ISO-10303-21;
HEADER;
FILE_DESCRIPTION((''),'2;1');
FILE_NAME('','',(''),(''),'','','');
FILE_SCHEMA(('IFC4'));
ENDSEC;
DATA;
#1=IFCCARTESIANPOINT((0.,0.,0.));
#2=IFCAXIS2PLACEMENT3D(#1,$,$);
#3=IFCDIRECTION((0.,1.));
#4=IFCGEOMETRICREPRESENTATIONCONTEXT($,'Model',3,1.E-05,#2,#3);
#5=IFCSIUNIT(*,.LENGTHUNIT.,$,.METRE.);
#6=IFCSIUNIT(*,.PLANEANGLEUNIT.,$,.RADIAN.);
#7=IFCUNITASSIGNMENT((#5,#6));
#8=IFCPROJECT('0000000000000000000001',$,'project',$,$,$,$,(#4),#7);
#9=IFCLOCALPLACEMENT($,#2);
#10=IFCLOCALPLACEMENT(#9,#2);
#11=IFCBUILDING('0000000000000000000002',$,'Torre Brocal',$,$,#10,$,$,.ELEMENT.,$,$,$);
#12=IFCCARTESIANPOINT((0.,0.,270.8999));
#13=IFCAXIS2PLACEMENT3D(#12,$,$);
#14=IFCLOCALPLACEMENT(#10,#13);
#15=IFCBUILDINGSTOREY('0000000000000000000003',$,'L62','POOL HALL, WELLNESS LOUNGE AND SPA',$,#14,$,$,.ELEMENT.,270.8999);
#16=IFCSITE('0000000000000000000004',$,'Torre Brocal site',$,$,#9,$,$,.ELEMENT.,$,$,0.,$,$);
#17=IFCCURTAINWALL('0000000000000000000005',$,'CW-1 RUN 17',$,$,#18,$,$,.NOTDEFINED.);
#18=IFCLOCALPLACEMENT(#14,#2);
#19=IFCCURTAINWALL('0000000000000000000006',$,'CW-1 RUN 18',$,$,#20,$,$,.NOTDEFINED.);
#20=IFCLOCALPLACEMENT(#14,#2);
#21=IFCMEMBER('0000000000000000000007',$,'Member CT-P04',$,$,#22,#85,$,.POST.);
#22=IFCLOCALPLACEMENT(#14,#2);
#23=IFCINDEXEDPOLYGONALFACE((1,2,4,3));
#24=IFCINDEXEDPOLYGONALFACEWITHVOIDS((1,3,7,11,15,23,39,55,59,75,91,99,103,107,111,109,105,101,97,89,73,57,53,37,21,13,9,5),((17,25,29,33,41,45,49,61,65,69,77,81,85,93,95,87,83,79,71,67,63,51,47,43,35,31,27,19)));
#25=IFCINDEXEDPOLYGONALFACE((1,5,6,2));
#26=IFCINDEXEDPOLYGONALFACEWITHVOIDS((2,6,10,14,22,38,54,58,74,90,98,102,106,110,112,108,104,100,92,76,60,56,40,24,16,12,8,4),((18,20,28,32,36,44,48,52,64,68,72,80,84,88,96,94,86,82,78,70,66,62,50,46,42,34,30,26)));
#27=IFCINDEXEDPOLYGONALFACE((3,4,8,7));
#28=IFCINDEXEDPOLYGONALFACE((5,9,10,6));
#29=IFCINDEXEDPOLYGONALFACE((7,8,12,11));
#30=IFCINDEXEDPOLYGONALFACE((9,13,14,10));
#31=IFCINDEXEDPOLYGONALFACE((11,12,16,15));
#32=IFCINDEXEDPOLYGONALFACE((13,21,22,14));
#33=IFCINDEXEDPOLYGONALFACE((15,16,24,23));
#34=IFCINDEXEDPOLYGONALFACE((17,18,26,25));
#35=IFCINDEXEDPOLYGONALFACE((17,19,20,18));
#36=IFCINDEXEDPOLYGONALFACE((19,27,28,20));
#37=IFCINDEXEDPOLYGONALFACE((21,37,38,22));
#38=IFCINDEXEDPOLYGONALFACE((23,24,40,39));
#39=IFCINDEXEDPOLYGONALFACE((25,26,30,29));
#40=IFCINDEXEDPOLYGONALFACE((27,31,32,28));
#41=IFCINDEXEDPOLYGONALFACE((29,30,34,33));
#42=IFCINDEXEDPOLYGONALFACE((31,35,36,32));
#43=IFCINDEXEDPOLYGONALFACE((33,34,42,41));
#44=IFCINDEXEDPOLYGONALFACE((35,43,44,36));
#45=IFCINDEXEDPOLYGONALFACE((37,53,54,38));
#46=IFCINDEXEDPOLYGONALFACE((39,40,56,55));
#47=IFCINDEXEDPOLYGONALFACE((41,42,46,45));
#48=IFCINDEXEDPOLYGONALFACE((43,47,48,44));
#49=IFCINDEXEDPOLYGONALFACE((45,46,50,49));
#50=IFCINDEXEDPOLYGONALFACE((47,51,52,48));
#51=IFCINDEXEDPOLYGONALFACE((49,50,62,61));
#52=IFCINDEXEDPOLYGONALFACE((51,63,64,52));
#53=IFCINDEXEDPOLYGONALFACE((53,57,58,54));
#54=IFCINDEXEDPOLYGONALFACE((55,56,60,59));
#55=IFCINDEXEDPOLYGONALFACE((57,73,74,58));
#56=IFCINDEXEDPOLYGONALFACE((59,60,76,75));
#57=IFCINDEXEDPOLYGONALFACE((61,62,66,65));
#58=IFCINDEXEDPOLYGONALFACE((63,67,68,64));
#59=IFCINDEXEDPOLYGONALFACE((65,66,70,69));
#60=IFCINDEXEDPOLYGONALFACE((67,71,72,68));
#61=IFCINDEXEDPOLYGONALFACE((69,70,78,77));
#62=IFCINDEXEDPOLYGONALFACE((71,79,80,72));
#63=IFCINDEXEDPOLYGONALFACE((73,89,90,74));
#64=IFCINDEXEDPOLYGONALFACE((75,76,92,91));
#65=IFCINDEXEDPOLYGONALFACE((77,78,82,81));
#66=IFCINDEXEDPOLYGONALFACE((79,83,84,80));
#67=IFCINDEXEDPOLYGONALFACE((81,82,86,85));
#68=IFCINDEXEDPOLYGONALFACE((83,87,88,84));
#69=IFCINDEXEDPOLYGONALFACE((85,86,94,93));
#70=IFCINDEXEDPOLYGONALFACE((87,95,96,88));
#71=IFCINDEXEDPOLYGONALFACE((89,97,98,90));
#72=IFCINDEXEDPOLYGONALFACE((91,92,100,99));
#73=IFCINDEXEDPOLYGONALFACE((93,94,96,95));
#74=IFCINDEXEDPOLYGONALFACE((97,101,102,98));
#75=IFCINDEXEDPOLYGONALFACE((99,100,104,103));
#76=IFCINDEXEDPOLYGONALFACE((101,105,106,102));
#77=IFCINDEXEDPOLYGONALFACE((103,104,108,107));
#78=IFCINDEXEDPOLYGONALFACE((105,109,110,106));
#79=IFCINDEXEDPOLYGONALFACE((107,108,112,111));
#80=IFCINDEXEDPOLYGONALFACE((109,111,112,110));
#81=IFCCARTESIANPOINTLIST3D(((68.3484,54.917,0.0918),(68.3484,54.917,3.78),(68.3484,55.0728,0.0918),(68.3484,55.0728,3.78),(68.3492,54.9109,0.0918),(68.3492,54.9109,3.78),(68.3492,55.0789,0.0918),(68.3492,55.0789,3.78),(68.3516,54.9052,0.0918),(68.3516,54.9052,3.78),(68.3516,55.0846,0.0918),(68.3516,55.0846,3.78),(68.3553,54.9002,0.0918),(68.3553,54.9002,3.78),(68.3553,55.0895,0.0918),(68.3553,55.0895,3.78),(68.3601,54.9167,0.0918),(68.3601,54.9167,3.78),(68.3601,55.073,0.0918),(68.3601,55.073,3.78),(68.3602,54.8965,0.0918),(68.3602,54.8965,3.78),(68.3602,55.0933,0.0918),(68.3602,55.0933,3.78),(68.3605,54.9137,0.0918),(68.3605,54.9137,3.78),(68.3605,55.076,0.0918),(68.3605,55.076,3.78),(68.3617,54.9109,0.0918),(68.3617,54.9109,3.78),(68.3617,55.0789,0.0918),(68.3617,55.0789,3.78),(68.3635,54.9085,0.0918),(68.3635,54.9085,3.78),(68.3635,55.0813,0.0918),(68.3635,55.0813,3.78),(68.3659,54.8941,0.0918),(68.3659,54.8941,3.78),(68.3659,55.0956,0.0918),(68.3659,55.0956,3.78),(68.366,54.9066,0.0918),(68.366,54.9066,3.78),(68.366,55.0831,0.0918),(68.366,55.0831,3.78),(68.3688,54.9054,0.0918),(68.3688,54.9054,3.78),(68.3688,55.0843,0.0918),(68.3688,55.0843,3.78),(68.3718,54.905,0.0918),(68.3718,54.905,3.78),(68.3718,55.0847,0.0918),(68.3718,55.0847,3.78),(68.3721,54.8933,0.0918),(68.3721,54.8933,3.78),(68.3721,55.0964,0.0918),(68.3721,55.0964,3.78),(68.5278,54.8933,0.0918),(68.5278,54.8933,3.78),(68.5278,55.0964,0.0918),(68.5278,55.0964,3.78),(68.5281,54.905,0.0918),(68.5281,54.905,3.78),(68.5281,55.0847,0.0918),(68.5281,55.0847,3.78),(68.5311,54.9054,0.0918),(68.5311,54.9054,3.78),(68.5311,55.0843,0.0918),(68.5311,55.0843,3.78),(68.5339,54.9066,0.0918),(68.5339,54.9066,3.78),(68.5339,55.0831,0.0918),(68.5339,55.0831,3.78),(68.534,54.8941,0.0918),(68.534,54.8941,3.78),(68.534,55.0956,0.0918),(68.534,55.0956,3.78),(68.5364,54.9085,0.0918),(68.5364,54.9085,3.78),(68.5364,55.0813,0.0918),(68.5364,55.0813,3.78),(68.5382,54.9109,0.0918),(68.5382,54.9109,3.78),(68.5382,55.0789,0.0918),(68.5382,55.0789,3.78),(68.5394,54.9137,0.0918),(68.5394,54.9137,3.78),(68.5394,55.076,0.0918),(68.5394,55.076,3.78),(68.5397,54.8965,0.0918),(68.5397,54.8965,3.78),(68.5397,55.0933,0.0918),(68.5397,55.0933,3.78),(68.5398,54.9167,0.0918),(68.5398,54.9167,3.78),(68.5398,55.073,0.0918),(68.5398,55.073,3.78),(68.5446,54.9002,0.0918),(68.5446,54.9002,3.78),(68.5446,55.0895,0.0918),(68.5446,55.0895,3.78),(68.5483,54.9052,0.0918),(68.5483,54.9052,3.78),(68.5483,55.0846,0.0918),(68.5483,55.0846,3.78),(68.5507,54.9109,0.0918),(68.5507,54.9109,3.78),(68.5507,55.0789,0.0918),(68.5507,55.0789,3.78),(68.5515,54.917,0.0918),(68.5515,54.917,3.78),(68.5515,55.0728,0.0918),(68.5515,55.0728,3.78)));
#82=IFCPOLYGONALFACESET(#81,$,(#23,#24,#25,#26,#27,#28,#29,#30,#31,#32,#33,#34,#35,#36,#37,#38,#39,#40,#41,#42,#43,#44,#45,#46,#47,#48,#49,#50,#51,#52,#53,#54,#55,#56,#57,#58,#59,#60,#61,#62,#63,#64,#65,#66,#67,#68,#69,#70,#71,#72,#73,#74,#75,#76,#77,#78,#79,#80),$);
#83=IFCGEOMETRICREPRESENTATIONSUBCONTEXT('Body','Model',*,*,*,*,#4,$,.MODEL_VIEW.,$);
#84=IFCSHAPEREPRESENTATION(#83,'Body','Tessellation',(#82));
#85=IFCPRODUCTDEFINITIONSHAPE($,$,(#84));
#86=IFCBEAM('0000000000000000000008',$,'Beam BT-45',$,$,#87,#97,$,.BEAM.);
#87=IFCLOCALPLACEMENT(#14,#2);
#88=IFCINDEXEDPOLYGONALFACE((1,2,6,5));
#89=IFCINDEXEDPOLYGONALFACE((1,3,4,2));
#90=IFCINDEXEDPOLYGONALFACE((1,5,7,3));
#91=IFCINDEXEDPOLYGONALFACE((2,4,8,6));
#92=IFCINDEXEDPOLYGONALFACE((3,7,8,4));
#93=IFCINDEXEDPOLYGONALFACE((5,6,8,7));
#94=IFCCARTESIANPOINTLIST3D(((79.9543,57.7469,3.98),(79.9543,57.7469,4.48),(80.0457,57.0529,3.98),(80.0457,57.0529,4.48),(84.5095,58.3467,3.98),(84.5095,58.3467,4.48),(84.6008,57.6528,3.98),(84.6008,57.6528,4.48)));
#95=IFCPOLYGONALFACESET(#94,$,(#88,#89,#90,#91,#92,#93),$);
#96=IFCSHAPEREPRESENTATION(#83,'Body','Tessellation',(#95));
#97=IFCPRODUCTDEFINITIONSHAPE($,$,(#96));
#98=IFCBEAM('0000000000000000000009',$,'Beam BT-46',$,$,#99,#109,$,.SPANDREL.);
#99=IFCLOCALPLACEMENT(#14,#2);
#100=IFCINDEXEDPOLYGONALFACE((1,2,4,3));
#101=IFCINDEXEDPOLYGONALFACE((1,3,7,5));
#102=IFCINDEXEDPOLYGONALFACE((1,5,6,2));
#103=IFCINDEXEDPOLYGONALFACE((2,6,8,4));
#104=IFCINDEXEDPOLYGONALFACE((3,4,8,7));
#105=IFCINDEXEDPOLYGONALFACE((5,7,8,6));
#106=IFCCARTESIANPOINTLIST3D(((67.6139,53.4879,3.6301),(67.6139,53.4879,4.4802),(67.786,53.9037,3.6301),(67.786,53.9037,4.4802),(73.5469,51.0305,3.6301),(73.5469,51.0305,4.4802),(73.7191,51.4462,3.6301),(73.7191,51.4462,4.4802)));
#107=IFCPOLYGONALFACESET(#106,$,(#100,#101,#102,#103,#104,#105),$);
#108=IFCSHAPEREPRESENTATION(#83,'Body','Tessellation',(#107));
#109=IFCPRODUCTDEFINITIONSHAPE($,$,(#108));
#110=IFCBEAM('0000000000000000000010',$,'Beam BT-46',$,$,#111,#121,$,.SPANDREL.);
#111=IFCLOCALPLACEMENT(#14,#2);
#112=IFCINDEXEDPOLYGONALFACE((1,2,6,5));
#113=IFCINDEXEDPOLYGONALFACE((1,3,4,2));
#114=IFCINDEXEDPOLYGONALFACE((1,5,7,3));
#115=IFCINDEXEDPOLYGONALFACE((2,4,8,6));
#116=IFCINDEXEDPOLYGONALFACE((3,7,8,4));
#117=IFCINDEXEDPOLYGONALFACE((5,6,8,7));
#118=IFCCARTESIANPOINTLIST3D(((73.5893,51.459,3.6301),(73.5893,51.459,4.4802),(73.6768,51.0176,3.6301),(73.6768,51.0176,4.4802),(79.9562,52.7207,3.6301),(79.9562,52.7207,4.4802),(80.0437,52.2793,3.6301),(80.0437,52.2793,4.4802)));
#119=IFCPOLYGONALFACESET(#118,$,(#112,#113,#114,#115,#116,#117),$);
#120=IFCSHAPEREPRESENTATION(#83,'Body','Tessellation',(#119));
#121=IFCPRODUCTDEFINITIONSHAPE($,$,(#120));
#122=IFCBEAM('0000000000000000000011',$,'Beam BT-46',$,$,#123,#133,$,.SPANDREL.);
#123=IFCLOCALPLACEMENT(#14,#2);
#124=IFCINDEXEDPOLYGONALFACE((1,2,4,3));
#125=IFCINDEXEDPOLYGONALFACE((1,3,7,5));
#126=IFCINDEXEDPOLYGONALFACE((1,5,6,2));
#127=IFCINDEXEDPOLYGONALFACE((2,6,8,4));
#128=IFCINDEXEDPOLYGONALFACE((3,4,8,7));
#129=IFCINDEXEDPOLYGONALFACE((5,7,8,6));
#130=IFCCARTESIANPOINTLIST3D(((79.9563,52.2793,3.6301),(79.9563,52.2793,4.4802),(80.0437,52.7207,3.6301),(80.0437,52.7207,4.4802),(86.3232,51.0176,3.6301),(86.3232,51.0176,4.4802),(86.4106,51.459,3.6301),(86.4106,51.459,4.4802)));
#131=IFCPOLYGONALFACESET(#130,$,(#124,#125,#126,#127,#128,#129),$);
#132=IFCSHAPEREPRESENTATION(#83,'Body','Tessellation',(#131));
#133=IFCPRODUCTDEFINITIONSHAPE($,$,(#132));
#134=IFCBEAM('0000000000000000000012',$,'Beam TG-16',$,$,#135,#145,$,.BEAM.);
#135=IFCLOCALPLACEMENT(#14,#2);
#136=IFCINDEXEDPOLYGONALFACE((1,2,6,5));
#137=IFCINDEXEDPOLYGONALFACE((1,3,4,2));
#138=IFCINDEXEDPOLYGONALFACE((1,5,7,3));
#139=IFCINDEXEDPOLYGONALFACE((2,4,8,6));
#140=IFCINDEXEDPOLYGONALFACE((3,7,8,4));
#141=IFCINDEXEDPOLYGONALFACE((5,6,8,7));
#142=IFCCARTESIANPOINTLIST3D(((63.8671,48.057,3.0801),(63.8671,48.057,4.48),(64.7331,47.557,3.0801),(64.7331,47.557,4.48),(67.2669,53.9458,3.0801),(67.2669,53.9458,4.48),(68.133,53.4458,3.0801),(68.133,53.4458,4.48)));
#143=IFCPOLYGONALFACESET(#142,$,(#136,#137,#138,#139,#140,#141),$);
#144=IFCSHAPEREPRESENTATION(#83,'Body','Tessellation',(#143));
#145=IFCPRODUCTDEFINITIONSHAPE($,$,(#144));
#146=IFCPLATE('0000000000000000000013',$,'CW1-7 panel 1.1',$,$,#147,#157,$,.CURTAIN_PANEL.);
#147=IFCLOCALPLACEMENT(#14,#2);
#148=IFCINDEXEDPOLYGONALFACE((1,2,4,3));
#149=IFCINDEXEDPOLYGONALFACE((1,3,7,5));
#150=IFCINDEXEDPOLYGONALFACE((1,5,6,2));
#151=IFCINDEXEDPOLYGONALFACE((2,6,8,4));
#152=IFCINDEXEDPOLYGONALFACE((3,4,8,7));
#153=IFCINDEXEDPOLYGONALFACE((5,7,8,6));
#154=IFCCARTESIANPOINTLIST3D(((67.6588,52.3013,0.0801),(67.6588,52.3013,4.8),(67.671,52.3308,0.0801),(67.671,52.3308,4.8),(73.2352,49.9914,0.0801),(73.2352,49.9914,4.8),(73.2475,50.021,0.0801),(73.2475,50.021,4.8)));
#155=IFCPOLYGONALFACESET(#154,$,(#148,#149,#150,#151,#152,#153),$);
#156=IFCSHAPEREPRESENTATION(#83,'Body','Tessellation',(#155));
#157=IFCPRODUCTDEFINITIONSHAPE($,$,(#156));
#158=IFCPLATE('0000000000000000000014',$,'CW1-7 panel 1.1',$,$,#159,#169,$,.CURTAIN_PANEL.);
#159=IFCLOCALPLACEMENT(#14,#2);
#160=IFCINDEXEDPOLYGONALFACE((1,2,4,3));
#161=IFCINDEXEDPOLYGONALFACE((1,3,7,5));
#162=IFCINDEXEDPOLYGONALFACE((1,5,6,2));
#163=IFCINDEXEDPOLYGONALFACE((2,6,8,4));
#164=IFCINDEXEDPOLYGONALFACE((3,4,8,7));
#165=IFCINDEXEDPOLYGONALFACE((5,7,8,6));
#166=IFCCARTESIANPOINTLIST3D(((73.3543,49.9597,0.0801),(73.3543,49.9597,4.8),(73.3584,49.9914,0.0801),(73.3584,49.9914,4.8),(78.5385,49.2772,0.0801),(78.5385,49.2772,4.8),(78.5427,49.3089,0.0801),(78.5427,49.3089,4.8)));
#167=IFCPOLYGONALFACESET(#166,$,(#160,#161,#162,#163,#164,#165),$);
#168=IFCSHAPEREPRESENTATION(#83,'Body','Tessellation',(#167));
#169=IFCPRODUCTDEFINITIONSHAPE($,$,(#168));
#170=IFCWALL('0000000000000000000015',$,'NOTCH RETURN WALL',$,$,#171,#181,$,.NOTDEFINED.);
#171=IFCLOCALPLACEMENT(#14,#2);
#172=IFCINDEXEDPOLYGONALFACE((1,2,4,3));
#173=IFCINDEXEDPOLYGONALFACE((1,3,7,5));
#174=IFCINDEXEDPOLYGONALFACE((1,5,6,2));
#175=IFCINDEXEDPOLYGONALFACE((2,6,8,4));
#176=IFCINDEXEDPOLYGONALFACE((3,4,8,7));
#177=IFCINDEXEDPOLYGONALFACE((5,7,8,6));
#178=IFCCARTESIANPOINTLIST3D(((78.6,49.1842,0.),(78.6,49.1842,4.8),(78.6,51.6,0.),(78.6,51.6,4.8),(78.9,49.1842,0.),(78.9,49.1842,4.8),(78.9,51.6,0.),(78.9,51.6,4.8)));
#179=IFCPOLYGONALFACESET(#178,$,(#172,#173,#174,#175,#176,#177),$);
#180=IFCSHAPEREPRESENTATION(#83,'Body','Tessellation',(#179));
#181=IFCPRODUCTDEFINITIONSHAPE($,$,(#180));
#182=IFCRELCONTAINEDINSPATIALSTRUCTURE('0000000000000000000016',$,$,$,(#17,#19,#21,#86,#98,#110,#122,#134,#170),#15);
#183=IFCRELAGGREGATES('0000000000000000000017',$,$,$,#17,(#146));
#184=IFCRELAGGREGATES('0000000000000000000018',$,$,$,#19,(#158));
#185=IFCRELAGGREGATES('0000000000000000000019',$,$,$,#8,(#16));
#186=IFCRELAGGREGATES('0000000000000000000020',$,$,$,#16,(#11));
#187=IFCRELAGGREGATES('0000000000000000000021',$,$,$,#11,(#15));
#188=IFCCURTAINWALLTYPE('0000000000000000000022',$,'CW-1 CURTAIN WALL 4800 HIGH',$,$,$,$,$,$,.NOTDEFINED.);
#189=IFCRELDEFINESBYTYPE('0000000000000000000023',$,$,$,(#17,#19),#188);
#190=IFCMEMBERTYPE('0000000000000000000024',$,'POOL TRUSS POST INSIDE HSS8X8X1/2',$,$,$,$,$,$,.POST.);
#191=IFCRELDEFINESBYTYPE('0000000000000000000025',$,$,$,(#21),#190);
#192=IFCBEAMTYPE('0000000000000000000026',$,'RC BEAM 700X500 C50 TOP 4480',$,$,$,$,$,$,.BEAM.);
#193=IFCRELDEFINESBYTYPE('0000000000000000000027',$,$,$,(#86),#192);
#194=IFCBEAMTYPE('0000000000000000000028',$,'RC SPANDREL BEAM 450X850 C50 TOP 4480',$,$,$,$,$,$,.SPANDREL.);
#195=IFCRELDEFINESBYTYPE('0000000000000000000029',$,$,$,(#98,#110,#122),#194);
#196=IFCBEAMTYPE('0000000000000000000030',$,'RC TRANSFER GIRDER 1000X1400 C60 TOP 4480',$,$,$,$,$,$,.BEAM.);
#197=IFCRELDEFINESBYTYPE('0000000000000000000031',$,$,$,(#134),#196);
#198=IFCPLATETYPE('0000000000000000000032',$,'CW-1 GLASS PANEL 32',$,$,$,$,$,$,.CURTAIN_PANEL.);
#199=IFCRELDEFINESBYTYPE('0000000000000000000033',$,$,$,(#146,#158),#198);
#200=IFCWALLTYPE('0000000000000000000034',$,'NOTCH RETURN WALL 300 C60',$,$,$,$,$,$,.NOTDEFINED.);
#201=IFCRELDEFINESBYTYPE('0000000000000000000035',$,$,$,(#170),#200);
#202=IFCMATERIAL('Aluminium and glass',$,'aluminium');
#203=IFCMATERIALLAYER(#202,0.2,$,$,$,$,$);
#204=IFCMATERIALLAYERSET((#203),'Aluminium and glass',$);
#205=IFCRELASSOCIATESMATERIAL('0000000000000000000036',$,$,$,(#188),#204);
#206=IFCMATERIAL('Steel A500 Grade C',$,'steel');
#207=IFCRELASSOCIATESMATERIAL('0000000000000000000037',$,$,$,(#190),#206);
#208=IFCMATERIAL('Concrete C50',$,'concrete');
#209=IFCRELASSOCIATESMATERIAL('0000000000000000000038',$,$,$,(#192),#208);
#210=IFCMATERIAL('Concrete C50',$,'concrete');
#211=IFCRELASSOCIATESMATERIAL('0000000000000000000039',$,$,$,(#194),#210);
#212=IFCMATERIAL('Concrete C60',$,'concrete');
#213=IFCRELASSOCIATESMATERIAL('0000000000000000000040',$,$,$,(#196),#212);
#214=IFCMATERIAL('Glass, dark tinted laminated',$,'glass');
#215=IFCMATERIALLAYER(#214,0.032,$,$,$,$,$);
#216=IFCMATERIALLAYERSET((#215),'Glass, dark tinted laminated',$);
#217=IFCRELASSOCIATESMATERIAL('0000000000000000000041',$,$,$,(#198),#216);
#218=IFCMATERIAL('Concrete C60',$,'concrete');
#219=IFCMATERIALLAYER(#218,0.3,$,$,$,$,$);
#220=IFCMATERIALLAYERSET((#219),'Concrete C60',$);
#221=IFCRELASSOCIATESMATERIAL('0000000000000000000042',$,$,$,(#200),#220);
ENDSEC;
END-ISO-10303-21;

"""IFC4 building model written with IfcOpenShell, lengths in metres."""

from ifc_helpers import new_model, si_unit, direction, frame, frame_2d, origin, origin_2d, place, context, subcontext, project, spatial, rectangle, hollow_rectangle, extrude, material, layer, layer_set, material_profile, profile_set, type_object, element, aggregate, save


model = new_model("IFC4")

# Units and contexts
model_context = context("Model", 3, precision=1e-05, world=origin(), true_north=direction((0.0, 1.0)))
body_context = subcontext(model_context, "Body", "Model", "MODEL_VIEW")
ifc_project = project(units=[si_unit("LENGTHUNIT", "METRE"), si_unit("PLANEANGLEUNIT", "RADIAN")], contexts=[model_context])

# Site, building, storey
site_placement = place(None, origin())
site = spatial("IfcSite", under=ifc_project, at=site_placement, Name="Torre Brocal site", CompositionType="ELEMENT", RefElevation=0.0)
building_placement = place(site_placement, origin())
building = spatial("IfcBuilding", under=site, at=building_placement, Name="Torre Brocal", CompositionType="ELEMENT")
storey_placement = place(building_placement, frame((0.0, 0.0, 270.8999)))
storey = spatial("IfcBuildingStorey", under=building, at=storey_placement, Name="L62", Description="POOL HALL, WELLNESS LOUNGE AND SPA", CompositionType="ELEMENT", Elevation=270.8999)

# Curtain walls
ifc_material_1 = material(Name="Aluminium and glass", Category="aluminium")
ifc_layer_1 = layer(ifc_material_1, 0.2)
ifc_layer_set_1 = layer_set([ifc_layer_1], Name="Aluminium and glass")
curtain_wall_type = type_object("IfcCurtainWallType", Name="CW-1 CURTAIN WALL 4800 HIGH", PredefinedType="NOTDEFINED", material=ifc_layer_set_1)
curtain_wall_1_placement = place(storey_placement, origin())
curtain_wall_1 = element("IfcCurtainWall", 1, at=curtain_wall_1_placement, inside=storey, type_object=curtain_wall_type, Name="CW-1 RUN 17", PredefinedType="NOTDEFINED")
curtain_wall_2_placement = place(storey_placement, origin())
curtain_wall_2 = element("IfcCurtainWall", 2, at=curtain_wall_2_placement, inside=storey, type_object=curtain_wall_type, Name="CW-1 RUN 18", PredefinedType="NOTDEFINED")

# Member
ifc_material_2 = material(Name="Steel A500 Grade C", Category="steel")
ifc_material_profile_1 = material_profile(ifc_material_2, hollow_rectangle(XDim=0.2031, YDim=0.2031, WallThickness=0.0117, InnerFilletRadius=0.0117, OuterFilletRadius=0.0237, at=origin_2d()), Name="HSS8X8X1/2")
ifc_profile_set_1 = profile_set([ifc_material_profile_1], Name="Steel A500 Grade C")
member_type_1 = type_object("IfcMemberType", Name="POOL TRUSS POST INSIDE HSS8X8X1/2", PredefinedType="POST", material=ifc_profile_set_1)
for number, where, z_axis, x_axis, name in (
    (3, (68.45, 54.9949, 0.0918), (0.0, 0.0, 1.0), (1.0, 0.0, 0.0), "Member CT-P04"),
):
    element("IfcMember", number, at=place(storey_placement, frame(where, z_axis=z_axis, x_axis=x_axis)), inside=storey, type_object=member_type_1, Name=name, PredefinedType="POST", context=body_context, shape_type="SweptSolid", body=[
        extrude(hollow_rectangle(XDim=0.2031, YDim=0.2031, WallThickness=0.0117, InnerFilletRadius=0.0117, OuterFilletRadius=0.0237, at=origin_2d()), origin(), (0.0, 0.0, 1.0), 3.6882),
    ])

# Beams
ifc_material_3 = material(Name="Concrete C50", Category="concrete")
ifc_material_profile_2 = material_profile(ifc_material_3, rectangle(XDim=0.7, YDim=0.5, at=origin_2d()), Name="RC 700X500")
ifc_profile_set_2 = profile_set([ifc_material_profile_2], Name="Concrete C50")
beam_type_1 = type_object("IfcBeamType", Name="RC BEAM 700X500 C50 TOP 4480", PredefinedType="BEAM", material=ifc_profile_set_2)
beam_1_placement = place(storey_placement, frame((80.0, 57.3999, 4.23), z_axis=(0.991441, 0.130559, 0.0), x_axis=(-0.130559, 0.991441, 0.0)))
element("IfcBeam", 4, at=beam_1_placement, inside=storey, type_object=beam_type_1, Name="Beam BT-45", PredefinedType="BEAM", context=body_context, shape_type="SweptSolid", body=[
    extrude(rectangle(XDim=0.7, YDim=0.5, at=origin_2d()), origin(), (0.0, 0.0, 1.0), 4.5945),
])
ifc_material_4 = material(Name="Concrete C50", Category="concrete")
ifc_material_profile_3 = material_profile(ifc_material_4, rectangle(XDim=0.45, YDim=0.8501, at=origin_2d()), Name="RC 450X850")
ifc_profile_set_3 = profile_set([ifc_material_profile_3], Name="Concrete C50")
beam_type_2 = type_object("IfcBeamType", Name="RC SPANDREL BEAM 450X850 C50 TOP 4480", PredefinedType="SPANDREL", material=ifc_profile_set_3)
beam_2_placement = place(storey_placement, frame((67.7, 53.6958, 4.0552), z_axis=(0.923882, -0.382676, 0.0), x_axis=(0.382676, 0.923882, 0.0)))
element("IfcBeam", 5, at=beam_2_placement, inside=storey, type_object=beam_type_2, Name="Beam BT-46", PredefinedType="SPANDREL", context=body_context, shape_type="SweptSolid", body=[
    extrude(rectangle(XDim=0.45, YDim=0.8501, at=origin_2d()), origin(), (0.0, 0.0, 1.0), 6.4219),
])
for number, where, z_axis, x_axis, name in (
    (6, (73.6331, 51.2383, 4.0552), (0.980925, 0.194387, 0.0), (-0.194387, 0.980925, 0.0), "Beam BT-46"),
    (7, (80.0, 52.5, 4.0552), (0.980925, -0.194387, 0.0), (0.194387, 0.980925, 0.0), "Beam BT-46"),
):
    element("IfcBeam", number, at=place(storey_placement, frame(where, z_axis=z_axis, x_axis=x_axis)), inside=storey, type_object=beam_type_2, Name=name, PredefinedType="SPANDREL", context=body_context, shape_type="SweptSolid", body=[
        extrude(rectangle(XDim=0.45, YDim=0.8501, at=origin_2d()), origin(), (0.0, 0.0, 1.0), 6.4907),
    ])
ifc_material_5 = material(Name="Concrete C60", Category="concrete")
ifc_material_profile_4 = material_profile(ifc_material_5, rectangle(XDim=1.0, YDim=1.3999, at=origin_2d()), Name="RC 1000X1400")
ifc_profile_set_4 = profile_set([ifc_material_profile_4], Name="Concrete C60")
beam_type_3 = type_object("IfcBeamType", Name="RC TRANSFER GIRDER 1000X1400 C60 TOP 4480", PredefinedType="BEAM", material=ifc_profile_set_4)
beam_3_placement = place(storey_placement, frame((67.7, 53.6958, 3.78), z_axis=(-0.499993, -0.86603, 0.0), x_axis=(0.86603, -0.499993, 0.0)))
element("IfcBeam", 8, at=beam_3_placement, inside=storey, type_object=beam_type_3, Name="Beam TG-16", PredefinedType="BEAM", context=body_context, shape_type="SweptSolid", body=[
    extrude(rectangle(XDim=1.0, YDim=1.3999, at=origin_2d()), origin(), (0.0, 0.0, 1.0), 6.7998),
])

# Plates
ifc_material_6 = material(Name="Glass, dark tinted laminated", Category="glass")
ifc_layer_2 = layer(ifc_material_6, 0.032)
ifc_layer_set_2 = layer_set([ifc_layer_2], Name="Glass, dark tinted laminated")
plate_type = type_object("IfcPlateType", Name="CW-1 GLASS PANEL 32", PredefinedType="CURTAIN_PANEL", material=ifc_layer_set_2)
plate_1_placement = place(storey_placement, frame((70.4531, 51.1611, 0.0801), z_axis=(0.0, 0.0, 1.0), x_axis=(0.92388, -0.382683, 0.0)))
plate_1 = element("IfcPlate", 9, at=plate_1_placement, type_object=plate_type, Name="CW1-7 panel 1.1", PredefinedType="CURTAIN_PANEL", context=body_context, shape_type="SweptSolid", body=[
    extrude(rectangle(XDim=6.0359, YDim=0.032, at=origin_2d()), origin(), (0.0, 0.0, 1.0), 4.72),
])
aggregate(curtain_wall_1, [plate_1])
plate_2_placement = place(storey_placement, frame((75.9485, 49.6343, 0.0801), z_axis=(0.0, 0.0, 1.0), x_axis=(0.991445, -0.130526, 0.0)))
plate_2 = element("IfcPlate", 10, at=plate_2_placement, type_object=plate_type, Name="CW1-7 panel 1.1", PredefinedType="CURTAIN_PANEL", context=body_context, shape_type="SweptSolid", body=[
    extrude(rectangle(XDim=5.229, YDim=0.032, at=origin_2d()), origin(), (0.0, 0.0, 1.0), 4.72),
])
aggregate(curtain_wall_2, [plate_2])

# Wall
ifc_material_7 = material(Name="Concrete C60", Category="concrete")
ifc_layer_3 = layer(ifc_material_7, 0.3)
ifc_layer_set_3 = layer_set([ifc_layer_3], Name="Concrete C60")
wall_type_1 = type_object("IfcWallType", Name="NOTCH RETURN WALL 300 C60", PredefinedType="NOTDEFINED", material=ifc_layer_set_3)
wall_1_placement = place(storey_placement, frame((78.75, 51.6001, 0.0), z_axis=(0.0, 0.0, 1.0), x_axis=(0.0, -1.0, 0.0)))
element("IfcWall", 11, at=wall_1_placement, inside=storey, type_object=wall_type_1, Name="NOTCH RETURN WALL", PredefinedType="NOTDEFINED", context=body_context, shape_type="SweptSolid", body=[
    extrude(rectangle(XDim=2.4158, YDim=0.3, at=frame_2d((1.208, 0.0))), origin(), (0.0, 0.0, 1.0), 4.8),
])

save(model, "model.ifc")
